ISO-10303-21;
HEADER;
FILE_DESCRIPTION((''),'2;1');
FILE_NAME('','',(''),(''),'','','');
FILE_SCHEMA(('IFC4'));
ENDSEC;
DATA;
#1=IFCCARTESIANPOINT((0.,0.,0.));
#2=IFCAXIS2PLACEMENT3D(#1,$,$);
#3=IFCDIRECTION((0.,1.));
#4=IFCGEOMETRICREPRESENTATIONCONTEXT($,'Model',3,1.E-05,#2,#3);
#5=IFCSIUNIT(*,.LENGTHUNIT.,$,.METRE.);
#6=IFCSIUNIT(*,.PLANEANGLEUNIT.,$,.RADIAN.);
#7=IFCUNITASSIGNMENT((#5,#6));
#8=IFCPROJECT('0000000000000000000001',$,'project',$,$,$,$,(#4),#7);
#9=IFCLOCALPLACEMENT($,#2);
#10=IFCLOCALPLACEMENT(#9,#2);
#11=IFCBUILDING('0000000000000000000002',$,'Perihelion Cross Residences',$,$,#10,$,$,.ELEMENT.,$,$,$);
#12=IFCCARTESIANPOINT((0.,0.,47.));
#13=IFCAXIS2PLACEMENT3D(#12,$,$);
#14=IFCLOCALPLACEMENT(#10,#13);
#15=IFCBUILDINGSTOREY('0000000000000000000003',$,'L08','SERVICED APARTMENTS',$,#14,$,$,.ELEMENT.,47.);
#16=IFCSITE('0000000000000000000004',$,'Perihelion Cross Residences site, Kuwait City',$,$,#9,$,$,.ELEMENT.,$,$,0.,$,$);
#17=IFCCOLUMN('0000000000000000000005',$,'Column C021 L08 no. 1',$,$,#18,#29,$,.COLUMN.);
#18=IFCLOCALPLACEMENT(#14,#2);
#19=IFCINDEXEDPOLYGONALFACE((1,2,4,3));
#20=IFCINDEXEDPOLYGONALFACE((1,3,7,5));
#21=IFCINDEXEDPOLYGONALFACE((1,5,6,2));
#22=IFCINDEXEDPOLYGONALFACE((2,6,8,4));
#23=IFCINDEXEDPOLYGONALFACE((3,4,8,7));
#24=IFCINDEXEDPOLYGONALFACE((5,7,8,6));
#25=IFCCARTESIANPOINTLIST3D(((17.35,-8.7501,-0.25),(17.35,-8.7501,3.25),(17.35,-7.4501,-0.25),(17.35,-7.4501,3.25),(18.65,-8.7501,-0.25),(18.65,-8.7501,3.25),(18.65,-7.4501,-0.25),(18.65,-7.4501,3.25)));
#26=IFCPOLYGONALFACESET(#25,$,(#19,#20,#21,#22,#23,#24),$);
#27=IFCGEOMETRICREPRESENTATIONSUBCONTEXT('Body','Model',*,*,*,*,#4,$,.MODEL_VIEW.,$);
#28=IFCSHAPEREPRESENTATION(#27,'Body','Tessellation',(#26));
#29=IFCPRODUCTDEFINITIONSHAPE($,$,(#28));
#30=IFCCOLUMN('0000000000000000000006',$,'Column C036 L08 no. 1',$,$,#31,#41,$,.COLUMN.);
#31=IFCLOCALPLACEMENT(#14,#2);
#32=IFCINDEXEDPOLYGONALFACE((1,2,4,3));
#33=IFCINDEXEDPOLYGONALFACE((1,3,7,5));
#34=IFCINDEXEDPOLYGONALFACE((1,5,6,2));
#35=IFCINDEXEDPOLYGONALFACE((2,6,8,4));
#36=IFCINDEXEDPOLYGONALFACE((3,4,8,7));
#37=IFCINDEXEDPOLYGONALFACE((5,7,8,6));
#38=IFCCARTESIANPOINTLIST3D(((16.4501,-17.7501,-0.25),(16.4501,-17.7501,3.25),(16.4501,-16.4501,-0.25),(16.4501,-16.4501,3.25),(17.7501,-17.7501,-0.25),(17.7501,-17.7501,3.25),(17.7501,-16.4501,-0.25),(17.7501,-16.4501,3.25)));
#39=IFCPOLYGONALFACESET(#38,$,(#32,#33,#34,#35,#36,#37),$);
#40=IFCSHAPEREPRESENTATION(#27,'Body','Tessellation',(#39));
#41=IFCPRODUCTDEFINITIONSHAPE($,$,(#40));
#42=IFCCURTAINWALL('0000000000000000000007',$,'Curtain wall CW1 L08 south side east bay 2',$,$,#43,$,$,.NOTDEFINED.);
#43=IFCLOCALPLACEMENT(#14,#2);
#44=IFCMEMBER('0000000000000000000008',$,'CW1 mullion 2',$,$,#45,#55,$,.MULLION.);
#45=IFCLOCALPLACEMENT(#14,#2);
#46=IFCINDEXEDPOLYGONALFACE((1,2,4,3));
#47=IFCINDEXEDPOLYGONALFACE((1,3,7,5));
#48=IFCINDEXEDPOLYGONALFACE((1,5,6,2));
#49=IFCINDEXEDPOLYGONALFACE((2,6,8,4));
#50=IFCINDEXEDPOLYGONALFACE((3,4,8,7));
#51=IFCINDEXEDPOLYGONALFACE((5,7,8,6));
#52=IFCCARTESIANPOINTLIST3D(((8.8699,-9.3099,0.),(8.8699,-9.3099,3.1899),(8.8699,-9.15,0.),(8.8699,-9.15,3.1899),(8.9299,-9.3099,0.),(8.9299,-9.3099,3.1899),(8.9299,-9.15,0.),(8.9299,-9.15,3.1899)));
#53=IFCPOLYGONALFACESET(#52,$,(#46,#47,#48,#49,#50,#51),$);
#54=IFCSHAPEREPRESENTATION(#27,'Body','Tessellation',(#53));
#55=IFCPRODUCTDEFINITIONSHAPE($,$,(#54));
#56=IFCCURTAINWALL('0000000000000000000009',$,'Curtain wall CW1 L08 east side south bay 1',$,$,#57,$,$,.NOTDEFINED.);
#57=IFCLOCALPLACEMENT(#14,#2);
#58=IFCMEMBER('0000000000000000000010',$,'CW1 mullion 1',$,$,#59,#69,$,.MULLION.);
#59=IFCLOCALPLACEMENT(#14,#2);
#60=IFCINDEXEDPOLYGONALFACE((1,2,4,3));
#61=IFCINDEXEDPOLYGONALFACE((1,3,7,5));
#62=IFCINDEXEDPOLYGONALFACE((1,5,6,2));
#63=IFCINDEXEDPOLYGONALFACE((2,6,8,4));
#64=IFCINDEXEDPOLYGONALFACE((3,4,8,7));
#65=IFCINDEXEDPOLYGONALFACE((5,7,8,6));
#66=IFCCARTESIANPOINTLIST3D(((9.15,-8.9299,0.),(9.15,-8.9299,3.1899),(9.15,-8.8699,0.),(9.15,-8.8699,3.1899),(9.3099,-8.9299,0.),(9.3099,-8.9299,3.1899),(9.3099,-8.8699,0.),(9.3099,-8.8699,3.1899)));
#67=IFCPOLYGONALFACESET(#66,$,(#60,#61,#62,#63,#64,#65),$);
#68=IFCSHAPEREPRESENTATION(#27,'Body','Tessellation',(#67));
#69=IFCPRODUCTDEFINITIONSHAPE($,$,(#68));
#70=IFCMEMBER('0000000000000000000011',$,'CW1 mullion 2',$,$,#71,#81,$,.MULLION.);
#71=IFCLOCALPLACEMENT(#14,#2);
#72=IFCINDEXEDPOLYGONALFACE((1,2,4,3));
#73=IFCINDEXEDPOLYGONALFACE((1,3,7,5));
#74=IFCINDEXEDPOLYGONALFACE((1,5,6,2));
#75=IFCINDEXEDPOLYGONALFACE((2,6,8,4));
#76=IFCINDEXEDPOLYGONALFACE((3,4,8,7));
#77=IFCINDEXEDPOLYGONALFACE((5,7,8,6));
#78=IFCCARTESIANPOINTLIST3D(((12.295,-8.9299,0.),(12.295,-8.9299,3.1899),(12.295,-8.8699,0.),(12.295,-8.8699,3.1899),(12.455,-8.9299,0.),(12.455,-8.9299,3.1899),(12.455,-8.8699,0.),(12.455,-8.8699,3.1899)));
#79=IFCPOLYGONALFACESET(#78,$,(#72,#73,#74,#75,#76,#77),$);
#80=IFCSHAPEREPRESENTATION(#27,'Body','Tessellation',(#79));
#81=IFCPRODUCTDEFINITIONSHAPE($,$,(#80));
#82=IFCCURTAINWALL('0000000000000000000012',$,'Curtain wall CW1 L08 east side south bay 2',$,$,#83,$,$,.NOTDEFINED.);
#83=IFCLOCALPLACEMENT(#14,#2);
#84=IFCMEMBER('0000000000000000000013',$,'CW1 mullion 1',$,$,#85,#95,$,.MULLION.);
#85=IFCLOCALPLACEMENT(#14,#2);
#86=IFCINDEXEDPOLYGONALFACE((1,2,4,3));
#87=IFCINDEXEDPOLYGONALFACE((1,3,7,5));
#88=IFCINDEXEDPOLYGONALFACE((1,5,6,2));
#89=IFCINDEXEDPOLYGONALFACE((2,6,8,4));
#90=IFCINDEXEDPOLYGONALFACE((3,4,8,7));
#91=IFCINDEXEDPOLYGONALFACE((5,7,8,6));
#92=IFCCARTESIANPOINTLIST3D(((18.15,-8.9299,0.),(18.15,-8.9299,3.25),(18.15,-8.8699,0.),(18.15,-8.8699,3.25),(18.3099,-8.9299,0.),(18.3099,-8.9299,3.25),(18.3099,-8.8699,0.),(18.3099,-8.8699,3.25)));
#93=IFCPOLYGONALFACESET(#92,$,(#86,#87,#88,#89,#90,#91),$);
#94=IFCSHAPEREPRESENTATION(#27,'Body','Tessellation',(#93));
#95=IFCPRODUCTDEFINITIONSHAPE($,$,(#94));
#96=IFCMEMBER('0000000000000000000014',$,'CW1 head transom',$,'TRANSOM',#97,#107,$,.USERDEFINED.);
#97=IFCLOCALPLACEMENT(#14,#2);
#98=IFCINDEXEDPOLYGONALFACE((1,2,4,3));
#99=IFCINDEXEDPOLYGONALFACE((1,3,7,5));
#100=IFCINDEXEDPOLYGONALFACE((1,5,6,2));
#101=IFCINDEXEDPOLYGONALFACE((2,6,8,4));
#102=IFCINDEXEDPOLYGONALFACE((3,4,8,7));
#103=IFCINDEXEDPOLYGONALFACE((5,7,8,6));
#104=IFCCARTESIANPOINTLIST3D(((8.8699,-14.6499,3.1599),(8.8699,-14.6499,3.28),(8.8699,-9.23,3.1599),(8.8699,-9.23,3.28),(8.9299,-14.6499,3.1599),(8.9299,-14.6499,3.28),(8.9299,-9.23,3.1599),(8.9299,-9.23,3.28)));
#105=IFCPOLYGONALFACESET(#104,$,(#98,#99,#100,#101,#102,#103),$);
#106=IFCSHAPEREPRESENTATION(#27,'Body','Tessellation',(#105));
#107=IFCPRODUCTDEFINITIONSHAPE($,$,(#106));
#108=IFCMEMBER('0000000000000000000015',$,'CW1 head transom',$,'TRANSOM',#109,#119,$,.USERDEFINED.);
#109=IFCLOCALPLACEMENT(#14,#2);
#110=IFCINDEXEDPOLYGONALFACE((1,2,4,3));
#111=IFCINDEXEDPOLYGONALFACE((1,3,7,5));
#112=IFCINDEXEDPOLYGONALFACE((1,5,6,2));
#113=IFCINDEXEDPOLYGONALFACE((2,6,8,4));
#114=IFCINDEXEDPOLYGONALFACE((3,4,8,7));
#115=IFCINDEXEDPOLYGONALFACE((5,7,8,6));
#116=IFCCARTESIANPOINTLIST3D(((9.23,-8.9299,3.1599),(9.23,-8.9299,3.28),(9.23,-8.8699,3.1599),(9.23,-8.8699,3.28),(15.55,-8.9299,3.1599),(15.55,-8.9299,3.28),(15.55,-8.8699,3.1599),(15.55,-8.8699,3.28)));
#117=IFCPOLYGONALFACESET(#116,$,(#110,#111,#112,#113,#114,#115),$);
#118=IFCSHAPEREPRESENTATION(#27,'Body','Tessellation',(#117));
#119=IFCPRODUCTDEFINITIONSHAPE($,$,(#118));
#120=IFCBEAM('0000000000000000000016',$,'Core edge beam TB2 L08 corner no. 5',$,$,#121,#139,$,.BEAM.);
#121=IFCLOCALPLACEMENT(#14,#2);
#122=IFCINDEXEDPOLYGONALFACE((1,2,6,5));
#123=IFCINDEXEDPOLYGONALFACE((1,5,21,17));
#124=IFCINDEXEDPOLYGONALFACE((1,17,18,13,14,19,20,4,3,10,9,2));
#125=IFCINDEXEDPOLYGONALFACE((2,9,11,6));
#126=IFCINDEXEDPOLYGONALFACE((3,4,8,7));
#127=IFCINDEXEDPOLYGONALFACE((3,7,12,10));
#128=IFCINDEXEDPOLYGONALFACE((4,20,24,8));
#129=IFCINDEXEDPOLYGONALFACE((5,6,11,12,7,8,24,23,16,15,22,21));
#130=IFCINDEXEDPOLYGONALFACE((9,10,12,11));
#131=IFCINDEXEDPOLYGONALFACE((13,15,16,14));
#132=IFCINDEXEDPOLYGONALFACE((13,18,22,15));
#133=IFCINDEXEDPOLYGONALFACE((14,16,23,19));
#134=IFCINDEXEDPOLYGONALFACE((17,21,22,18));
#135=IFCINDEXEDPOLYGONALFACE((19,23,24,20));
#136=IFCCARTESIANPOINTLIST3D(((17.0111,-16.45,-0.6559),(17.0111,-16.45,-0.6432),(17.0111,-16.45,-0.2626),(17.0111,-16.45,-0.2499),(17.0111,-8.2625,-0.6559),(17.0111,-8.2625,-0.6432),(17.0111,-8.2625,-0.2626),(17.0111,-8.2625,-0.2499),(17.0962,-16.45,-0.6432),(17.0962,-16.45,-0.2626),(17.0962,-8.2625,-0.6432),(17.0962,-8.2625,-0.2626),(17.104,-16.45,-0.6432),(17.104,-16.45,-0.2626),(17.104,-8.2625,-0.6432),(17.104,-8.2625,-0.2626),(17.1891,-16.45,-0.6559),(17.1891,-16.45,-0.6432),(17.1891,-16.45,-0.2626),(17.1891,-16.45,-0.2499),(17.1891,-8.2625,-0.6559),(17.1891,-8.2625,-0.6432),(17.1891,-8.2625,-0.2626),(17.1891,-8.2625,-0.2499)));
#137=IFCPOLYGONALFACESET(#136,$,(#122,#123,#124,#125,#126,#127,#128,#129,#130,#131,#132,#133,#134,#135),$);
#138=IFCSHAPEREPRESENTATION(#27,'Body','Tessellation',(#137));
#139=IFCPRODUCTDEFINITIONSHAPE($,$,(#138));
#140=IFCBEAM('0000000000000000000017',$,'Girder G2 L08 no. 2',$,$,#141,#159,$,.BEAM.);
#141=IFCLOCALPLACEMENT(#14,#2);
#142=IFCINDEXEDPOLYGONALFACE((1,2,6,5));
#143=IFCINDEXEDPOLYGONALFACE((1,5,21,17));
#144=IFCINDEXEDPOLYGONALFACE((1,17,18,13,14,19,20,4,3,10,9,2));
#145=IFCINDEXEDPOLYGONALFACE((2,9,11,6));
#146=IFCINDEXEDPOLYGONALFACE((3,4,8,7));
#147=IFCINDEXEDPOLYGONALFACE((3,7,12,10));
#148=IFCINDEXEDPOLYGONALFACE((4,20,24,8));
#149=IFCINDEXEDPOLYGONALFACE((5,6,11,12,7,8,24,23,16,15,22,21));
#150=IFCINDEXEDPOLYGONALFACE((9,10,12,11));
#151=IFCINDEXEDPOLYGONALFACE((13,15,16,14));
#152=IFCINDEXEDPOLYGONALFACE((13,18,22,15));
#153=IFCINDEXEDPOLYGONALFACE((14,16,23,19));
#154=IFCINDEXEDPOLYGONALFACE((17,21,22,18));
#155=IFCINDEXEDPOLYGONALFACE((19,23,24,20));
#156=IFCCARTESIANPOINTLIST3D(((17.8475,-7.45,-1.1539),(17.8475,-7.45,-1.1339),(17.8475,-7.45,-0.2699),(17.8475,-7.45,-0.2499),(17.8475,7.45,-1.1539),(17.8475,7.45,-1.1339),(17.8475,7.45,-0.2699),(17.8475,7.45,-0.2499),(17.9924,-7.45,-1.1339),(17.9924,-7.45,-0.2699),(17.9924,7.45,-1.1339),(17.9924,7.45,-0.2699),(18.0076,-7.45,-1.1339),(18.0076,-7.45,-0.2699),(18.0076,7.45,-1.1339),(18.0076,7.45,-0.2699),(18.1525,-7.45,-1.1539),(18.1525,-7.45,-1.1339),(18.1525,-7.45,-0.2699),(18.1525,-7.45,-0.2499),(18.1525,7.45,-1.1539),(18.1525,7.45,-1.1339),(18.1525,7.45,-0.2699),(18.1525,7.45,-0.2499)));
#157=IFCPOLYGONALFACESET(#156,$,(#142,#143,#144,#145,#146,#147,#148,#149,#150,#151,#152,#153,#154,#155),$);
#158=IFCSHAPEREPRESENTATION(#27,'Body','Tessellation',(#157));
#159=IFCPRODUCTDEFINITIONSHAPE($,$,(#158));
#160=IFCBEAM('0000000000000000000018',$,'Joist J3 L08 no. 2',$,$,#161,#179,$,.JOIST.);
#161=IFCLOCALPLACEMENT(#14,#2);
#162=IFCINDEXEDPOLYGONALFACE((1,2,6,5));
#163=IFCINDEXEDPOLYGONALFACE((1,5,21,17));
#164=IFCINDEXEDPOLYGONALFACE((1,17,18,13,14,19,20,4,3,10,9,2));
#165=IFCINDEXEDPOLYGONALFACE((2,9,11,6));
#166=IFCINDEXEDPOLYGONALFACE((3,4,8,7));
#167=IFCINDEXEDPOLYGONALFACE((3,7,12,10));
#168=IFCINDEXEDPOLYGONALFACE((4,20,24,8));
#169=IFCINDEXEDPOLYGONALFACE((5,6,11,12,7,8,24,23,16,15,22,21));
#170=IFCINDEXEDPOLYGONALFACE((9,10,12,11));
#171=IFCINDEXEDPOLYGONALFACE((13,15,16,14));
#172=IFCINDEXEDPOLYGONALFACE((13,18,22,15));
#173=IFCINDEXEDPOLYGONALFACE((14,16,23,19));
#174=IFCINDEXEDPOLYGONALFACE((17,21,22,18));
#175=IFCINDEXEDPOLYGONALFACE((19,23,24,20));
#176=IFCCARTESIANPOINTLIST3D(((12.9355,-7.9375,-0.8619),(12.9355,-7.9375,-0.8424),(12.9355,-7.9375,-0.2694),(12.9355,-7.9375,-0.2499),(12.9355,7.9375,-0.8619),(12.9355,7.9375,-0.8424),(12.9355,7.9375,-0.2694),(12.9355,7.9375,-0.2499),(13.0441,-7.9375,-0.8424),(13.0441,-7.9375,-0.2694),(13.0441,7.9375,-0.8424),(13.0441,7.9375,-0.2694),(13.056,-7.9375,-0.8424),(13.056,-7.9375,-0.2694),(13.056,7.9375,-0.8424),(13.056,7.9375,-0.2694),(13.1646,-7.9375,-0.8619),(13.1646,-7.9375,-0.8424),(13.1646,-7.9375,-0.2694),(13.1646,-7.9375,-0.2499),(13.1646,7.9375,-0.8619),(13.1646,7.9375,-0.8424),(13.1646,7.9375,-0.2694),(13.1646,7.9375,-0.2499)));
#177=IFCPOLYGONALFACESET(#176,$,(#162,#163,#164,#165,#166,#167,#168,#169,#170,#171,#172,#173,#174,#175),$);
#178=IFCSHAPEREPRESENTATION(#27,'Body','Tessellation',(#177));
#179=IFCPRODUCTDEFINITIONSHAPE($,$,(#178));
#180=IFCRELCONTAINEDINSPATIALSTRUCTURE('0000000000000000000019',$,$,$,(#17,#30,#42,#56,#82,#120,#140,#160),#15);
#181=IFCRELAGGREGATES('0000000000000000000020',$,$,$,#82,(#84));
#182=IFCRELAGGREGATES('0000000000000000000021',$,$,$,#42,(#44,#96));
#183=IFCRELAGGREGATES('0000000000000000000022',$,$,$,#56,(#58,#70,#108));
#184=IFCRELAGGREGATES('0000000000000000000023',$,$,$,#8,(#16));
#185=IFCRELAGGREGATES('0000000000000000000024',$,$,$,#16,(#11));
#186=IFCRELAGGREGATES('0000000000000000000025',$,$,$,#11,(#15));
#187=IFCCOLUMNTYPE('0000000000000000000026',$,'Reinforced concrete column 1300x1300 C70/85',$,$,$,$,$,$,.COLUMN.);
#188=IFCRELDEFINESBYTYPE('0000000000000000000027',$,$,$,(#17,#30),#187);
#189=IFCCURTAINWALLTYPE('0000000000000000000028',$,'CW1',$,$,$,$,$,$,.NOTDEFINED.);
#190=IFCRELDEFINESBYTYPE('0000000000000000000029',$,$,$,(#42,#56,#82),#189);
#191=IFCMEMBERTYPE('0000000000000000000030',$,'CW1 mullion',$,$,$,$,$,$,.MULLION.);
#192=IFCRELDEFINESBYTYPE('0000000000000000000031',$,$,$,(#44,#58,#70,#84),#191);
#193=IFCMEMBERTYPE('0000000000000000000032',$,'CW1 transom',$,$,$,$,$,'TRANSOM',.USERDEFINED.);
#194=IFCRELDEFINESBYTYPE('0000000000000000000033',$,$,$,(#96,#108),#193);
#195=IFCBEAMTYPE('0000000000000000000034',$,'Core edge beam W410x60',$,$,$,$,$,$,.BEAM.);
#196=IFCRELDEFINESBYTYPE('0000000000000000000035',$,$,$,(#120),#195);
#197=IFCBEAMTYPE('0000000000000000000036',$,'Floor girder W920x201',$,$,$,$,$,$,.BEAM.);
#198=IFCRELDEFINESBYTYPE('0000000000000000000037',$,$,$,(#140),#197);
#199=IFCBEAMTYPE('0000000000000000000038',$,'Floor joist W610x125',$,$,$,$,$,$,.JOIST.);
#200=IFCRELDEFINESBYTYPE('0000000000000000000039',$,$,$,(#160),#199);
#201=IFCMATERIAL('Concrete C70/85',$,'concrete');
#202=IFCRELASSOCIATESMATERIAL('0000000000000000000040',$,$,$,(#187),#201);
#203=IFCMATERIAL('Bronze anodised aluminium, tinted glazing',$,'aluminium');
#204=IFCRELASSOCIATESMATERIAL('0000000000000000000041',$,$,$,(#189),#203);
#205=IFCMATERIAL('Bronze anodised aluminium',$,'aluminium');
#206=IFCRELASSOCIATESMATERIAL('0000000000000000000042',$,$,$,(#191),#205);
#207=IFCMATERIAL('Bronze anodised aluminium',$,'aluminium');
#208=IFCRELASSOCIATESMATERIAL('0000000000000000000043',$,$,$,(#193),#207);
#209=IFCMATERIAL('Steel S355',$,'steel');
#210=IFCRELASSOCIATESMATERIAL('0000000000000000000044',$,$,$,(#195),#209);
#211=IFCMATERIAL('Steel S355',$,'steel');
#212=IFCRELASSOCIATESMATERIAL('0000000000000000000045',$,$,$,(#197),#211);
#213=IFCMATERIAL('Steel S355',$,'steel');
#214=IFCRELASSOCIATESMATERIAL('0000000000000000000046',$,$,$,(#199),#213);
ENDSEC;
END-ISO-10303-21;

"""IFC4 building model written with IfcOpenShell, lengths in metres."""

from ifc_helpers import new_model, si_unit, direction, frame, origin, origin_2d, place, context, subcontext, project, spatial, rectangle, i_section, extrude, material, material_profile, profile_set, type_object, element, aggregate, save


model = new_model("IFC4")

# Units and contexts
model_context = context("Model", 3, precision=1e-05, world=origin(), true_north=direction((0.0, 1.0)))
body_context = subcontext(model_context, "Body", "Model", "MODEL_VIEW")
ifc_project = project(units=[si_unit("LENGTHUNIT", "METRE"), si_unit("PLANEANGLEUNIT", "RADIAN")], contexts=[model_context])

# Site, building, storey
site_placement = place(None, origin())
site = spatial("IfcSite", under=ifc_project, at=site_placement, Name="Perihelion Cross Residences site, Kuwait City", CompositionType="ELEMENT", RefElevation=0.0)
building_placement = place(site_placement, origin())
building = spatial("IfcBuilding", under=site, at=building_placement, Name="Perihelion Cross Residences", CompositionType="ELEMENT")
storey_placement = place(building_placement, frame((0.0, 0.0, 47.0)))
storey = spatial("IfcBuildingStorey", under=building, at=storey_placement, Name="L08", Description="SERVICED APARTMENTS", CompositionType="ELEMENT", Elevation=47.0)

# Columns
ifc_material_1 = material(Name="Concrete C70/85", Category="concrete")
ifc_material_profile_1 = material_profile(ifc_material_1, rectangle(XDim=1.3, YDim=1.3, at=origin_2d()), Name="RC 1300x1300")
ifc_profile_set_1 = profile_set([ifc_material_profile_1], Name="Concrete C70/85")
column_type = type_object("IfcColumnType", Name="Reinforced concrete column 1300x1300 C70/85", PredefinedType="COLUMN", material=ifc_profile_set_1)
for number, where, z_axis, x_axis, name in (
    (1, (18.0, -8.1001, -0.25), (0.0, 0.0, 1.0), (1.0, 0.0, 0.0), "Column C021 L08 no. 1"),
    (2, (17.1001, -17.1001, -0.25), (0.0, 0.0, 1.0), (1.0, 0.0, 0.0), "Column C036 L08 no. 1"),
):
    element("IfcColumn", number, at=place(storey_placement, frame(where, z_axis=z_axis, x_axis=x_axis)), inside=storey, type_object=column_type, Name=name, PredefinedType="COLUMN", context=body_context, shape_type="SweptSolid", body=[
        extrude(rectangle(XDim=1.3, YDim=1.3, at=origin_2d()), origin(), (0.0, 0.0, 1.0), 3.5),
    ])

# Curtain wall, member
ifc_material_2 = material(Name="Bronze anodised aluminium, tinted glazing", Category="aluminium")
curtain_wall_type = type_object("IfcCurtainWallType", Name="CW1", PredefinedType="NOTDEFINED", material=ifc_material_2)
curtain_wall_1_placement = place(storey_placement, origin())
curtain_wall_1 = element("IfcCurtainWall", 3, at=curtain_wall_1_placement, inside=storey, type_object=curtain_wall_type, Name="Curtain wall CW1 L08 south side east bay 2", PredefinedType="NOTDEFINED")
ifc_material_3 = material(Name="Bronze anodised aluminium", Category="aluminium")
ifc_material_profile_2 = material_profile(ifc_material_3, rectangle(XDim=0.0601, YDim=0.1599, at=origin_2d()), Name="CW1 mullion")
ifc_profile_set_2 = profile_set([ifc_material_profile_2], Name="Bronze anodised aluminium")
member_type_1 = type_object("IfcMemberType", Name="CW1 mullion", PredefinedType="MULLION", material=ifc_profile_set_2)
member_1_placement = place(storey_placement, frame((8.8999, -9.23, 0.0), z_axis=(0.0, 0.0, 1.0), x_axis=(-1.0, 0.0, 0.0)))
member_1 = element("IfcMember", 4, at=member_1_placement, type_object=member_type_1, Name="CW1 mullion 2", PredefinedType="MULLION", context=body_context, shape_type="SweptSolid", body=[
    extrude(rectangle(XDim=0.0601, YDim=0.1599, at=origin_2d()), origin(), (0.0, 0.0, 1.0), 3.1899),
])

# Curtain wall, members
curtain_wall_2_placement = place(storey_placement, origin())
curtain_wall_2 = element("IfcCurtainWall", 5, at=curtain_wall_2_placement, inside=storey, type_object=curtain_wall_type, Name="Curtain wall CW1 L08 east side south bay 1", PredefinedType="NOTDEFINED")
member_2_placement = place(storey_placement, frame((9.23, -8.8999, 0.0), z_axis=(0.0, 0.0, 1.0), x_axis=(0.0, 1.0, 0.0)))
member_2 = element("IfcMember", 6, at=member_2_placement, type_object=member_type_1, Name="CW1 mullion 1", PredefinedType="MULLION", context=body_context, shape_type="SweptSolid", body=[
    extrude(rectangle(XDim=0.0601, YDim=0.1599, at=origin_2d()), origin(), (0.0, 0.0, 1.0), 3.1899),
])
member_3_placement = place(storey_placement, frame((12.375, -8.8999, 0.0), z_axis=(0.0, 0.0, 1.0), x_axis=(0.0, 1.0, 0.0)))
member_3 = element("IfcMember", 7, at=member_3_placement, type_object=member_type_1, Name="CW1 mullion 2", PredefinedType="MULLION", context=body_context, shape_type="SweptSolid", body=[
    extrude(rectangle(XDim=0.0601, YDim=0.1599, at=origin_2d()), origin(), (0.0, 0.0, 1.0), 3.1899),
])

# Curtain wall, member
curtain_wall_3_placement = place(storey_placement, origin())
curtain_wall_3 = element("IfcCurtainWall", 8, at=curtain_wall_3_placement, inside=storey, type_object=curtain_wall_type, Name="Curtain wall CW1 L08 east side south bay 2", PredefinedType="NOTDEFINED")
member_4_placement = place(storey_placement, frame((18.23, -8.8999, 0.0), z_axis=(0.0, 0.0, 1.0), x_axis=(0.0, 1.0, 0.0)))
member_4 = element("IfcMember", 9, at=member_4_placement, type_object=member_type_1, Name="CW1 mullion 1", PredefinedType="MULLION", context=body_context, shape_type="SweptSolid", body=[
    extrude(rectangle(XDim=0.0601, YDim=0.1599, at=origin_2d()), origin(), (0.0, 0.0, 1.0), 3.25),
])
aggregate(curtain_wall_3, [member_4])

# Members
ifc_material_4 = material(Name="Bronze anodised aluminium", Category="aluminium")
ifc_material_profile_3 = material_profile(ifc_material_4, rectangle(XDim=0.0601, YDim=0.1201, at=origin_2d()), Name="CW1 transom")
ifc_profile_set_3 = profile_set([ifc_material_profile_3], Name="Bronze anodised aluminium")
member_type_2 = type_object("IfcMemberType", Name="CW1 transom", ElementType="TRANSOM", PredefinedType="USERDEFINED", material=ifc_profile_set_3)
member_5_placement = place(storey_placement, frame((8.8999, -14.6499, 3.22), z_axis=(0.0, 1.0, 0.0), x_axis=(-1.0, 0.0, 0.0)))
member_5 = element("IfcMember", 10, at=member_5_placement, type_object=member_type_2, Name="CW1 head transom", ObjectType="TRANSOM", PredefinedType="USERDEFINED", context=body_context, shape_type="SweptSolid", body=[
    extrude(rectangle(XDim=0.0601, YDim=0.1201, at=origin_2d()), origin(), (0.0, 0.0, 1.0), 5.4199),
])
member_6_placement = place(storey_placement, frame((9.23, -8.8999, 3.22), z_axis=(1.0, 0.0, 0.0), x_axis=(0.0, 1.0, 0.0)))
member_6 = element("IfcMember", 11, at=member_6_placement, type_object=member_type_2, Name="CW1 head transom", ObjectType="TRANSOM", PredefinedType="USERDEFINED", context=body_context, shape_type="SweptSolid", body=[
    extrude(rectangle(XDim=0.0601, YDim=0.1201, at=origin_2d()), origin(), (0.0, 0.0, 1.0), 6.3201),
])

# Beams
ifc_material_5 = material(Name="Steel S355", Category="steel")
ifc_material_profile_4 = material_profile(ifc_material_5, i_section(OverallWidth=0.178, OverallDepth=0.406, WebThickness=0.0078, FlangeThickness=0.0127, at=origin_2d()), Name="W410x60")
ifc_profile_set_4 = profile_set([ifc_material_profile_4], Name="Steel S355")
beam_type_1 = type_object("IfcBeamType", Name="Core edge beam W410x60", PredefinedType="BEAM", material=ifc_profile_set_4)
beam_1_placement = place(storey_placement, frame((17.1001, -8.2625, -0.4529), z_axis=(0.0, -1.0, 0.0), x_axis=(1.0, 0.0, 0.0)))
element("IfcBeam", 12, at=beam_1_placement, inside=storey, type_object=beam_type_1, Name="Core edge beam TB2 L08 corner no. 5", PredefinedType="BEAM", context=body_context, shape_type="SweptSolid", body=[
    extrude(i_section(OverallWidth=0.178, OverallDepth=0.406, WebThickness=0.0078, FlangeThickness=0.0127, at=origin_2d()), origin(), (0.0, 0.0, 1.0), 8.1875),
])
ifc_material_6 = material(Name="Steel S355", Category="steel")
ifc_material_profile_5 = material_profile(ifc_material_6, i_section(OverallWidth=0.3049, OverallDepth=0.9041, WebThickness=0.0151, FlangeThickness=0.02, at=origin_2d()), Name="W920x201")
ifc_profile_set_5 = profile_set([ifc_material_profile_5], Name="Steel S355")
beam_type_2 = type_object("IfcBeamType", Name="Floor girder W920x201", PredefinedType="BEAM", material=ifc_profile_set_5)
beam_2_placement = place(storey_placement, frame((18.0, -7.45, -0.7019), z_axis=(0.0, 1.0, 0.0), x_axis=(-1.0, 0.0, 0.0)))
element("IfcBeam", 13, at=beam_2_placement, inside=storey, type_object=beam_type_2, Name="Girder G2 L08 no. 2", PredefinedType="BEAM", context=body_context, shape_type="SweptSolid", body=[
    extrude(i_section(OverallWidth=0.3049, OverallDepth=0.9041, WebThickness=0.0151, FlangeThickness=0.02, at=origin_2d()), origin(), (0.0, 0.0, 1.0), 14.8999),
])
ifc_material_7 = material(Name="Steel S355", Category="steel")
ifc_material_profile_6 = material_profile(ifc_material_7, i_section(OverallWidth=0.229, OverallDepth=0.6121, WebThickness=0.012, FlangeThickness=0.0195, at=origin_2d()), Name="W610x125")
ifc_profile_set_6 = profile_set([ifc_material_profile_6], Name="Steel S355")
beam_type_3 = type_object("IfcBeamType", Name="Floor joist W610x125", PredefinedType="JOIST", material=ifc_profile_set_6)
beam_3_placement = place(storey_placement, frame((13.05, -7.9375, -0.5559), z_axis=(0.0, 1.0, 0.0), x_axis=(-1.0, 0.0, 0.0)))
element("IfcBeam", 14, at=beam_3_placement, inside=storey, type_object=beam_type_3, Name="Joist J3 L08 no. 2", PredefinedType="JOIST", context=body_context, shape_type="SweptSolid", body=[
    extrude(i_section(OverallWidth=0.229, OverallDepth=0.6121, WebThickness=0.012, FlangeThickness=0.0195, at=origin_2d()), origin(), (0.0, 0.0, 1.0), 15.875),
])

aggregate(curtain_wall_1, [member_1, member_5])
aggregate(curtain_wall_2, [member_2, member_3, member_6])

save(model, "model.ifc")
